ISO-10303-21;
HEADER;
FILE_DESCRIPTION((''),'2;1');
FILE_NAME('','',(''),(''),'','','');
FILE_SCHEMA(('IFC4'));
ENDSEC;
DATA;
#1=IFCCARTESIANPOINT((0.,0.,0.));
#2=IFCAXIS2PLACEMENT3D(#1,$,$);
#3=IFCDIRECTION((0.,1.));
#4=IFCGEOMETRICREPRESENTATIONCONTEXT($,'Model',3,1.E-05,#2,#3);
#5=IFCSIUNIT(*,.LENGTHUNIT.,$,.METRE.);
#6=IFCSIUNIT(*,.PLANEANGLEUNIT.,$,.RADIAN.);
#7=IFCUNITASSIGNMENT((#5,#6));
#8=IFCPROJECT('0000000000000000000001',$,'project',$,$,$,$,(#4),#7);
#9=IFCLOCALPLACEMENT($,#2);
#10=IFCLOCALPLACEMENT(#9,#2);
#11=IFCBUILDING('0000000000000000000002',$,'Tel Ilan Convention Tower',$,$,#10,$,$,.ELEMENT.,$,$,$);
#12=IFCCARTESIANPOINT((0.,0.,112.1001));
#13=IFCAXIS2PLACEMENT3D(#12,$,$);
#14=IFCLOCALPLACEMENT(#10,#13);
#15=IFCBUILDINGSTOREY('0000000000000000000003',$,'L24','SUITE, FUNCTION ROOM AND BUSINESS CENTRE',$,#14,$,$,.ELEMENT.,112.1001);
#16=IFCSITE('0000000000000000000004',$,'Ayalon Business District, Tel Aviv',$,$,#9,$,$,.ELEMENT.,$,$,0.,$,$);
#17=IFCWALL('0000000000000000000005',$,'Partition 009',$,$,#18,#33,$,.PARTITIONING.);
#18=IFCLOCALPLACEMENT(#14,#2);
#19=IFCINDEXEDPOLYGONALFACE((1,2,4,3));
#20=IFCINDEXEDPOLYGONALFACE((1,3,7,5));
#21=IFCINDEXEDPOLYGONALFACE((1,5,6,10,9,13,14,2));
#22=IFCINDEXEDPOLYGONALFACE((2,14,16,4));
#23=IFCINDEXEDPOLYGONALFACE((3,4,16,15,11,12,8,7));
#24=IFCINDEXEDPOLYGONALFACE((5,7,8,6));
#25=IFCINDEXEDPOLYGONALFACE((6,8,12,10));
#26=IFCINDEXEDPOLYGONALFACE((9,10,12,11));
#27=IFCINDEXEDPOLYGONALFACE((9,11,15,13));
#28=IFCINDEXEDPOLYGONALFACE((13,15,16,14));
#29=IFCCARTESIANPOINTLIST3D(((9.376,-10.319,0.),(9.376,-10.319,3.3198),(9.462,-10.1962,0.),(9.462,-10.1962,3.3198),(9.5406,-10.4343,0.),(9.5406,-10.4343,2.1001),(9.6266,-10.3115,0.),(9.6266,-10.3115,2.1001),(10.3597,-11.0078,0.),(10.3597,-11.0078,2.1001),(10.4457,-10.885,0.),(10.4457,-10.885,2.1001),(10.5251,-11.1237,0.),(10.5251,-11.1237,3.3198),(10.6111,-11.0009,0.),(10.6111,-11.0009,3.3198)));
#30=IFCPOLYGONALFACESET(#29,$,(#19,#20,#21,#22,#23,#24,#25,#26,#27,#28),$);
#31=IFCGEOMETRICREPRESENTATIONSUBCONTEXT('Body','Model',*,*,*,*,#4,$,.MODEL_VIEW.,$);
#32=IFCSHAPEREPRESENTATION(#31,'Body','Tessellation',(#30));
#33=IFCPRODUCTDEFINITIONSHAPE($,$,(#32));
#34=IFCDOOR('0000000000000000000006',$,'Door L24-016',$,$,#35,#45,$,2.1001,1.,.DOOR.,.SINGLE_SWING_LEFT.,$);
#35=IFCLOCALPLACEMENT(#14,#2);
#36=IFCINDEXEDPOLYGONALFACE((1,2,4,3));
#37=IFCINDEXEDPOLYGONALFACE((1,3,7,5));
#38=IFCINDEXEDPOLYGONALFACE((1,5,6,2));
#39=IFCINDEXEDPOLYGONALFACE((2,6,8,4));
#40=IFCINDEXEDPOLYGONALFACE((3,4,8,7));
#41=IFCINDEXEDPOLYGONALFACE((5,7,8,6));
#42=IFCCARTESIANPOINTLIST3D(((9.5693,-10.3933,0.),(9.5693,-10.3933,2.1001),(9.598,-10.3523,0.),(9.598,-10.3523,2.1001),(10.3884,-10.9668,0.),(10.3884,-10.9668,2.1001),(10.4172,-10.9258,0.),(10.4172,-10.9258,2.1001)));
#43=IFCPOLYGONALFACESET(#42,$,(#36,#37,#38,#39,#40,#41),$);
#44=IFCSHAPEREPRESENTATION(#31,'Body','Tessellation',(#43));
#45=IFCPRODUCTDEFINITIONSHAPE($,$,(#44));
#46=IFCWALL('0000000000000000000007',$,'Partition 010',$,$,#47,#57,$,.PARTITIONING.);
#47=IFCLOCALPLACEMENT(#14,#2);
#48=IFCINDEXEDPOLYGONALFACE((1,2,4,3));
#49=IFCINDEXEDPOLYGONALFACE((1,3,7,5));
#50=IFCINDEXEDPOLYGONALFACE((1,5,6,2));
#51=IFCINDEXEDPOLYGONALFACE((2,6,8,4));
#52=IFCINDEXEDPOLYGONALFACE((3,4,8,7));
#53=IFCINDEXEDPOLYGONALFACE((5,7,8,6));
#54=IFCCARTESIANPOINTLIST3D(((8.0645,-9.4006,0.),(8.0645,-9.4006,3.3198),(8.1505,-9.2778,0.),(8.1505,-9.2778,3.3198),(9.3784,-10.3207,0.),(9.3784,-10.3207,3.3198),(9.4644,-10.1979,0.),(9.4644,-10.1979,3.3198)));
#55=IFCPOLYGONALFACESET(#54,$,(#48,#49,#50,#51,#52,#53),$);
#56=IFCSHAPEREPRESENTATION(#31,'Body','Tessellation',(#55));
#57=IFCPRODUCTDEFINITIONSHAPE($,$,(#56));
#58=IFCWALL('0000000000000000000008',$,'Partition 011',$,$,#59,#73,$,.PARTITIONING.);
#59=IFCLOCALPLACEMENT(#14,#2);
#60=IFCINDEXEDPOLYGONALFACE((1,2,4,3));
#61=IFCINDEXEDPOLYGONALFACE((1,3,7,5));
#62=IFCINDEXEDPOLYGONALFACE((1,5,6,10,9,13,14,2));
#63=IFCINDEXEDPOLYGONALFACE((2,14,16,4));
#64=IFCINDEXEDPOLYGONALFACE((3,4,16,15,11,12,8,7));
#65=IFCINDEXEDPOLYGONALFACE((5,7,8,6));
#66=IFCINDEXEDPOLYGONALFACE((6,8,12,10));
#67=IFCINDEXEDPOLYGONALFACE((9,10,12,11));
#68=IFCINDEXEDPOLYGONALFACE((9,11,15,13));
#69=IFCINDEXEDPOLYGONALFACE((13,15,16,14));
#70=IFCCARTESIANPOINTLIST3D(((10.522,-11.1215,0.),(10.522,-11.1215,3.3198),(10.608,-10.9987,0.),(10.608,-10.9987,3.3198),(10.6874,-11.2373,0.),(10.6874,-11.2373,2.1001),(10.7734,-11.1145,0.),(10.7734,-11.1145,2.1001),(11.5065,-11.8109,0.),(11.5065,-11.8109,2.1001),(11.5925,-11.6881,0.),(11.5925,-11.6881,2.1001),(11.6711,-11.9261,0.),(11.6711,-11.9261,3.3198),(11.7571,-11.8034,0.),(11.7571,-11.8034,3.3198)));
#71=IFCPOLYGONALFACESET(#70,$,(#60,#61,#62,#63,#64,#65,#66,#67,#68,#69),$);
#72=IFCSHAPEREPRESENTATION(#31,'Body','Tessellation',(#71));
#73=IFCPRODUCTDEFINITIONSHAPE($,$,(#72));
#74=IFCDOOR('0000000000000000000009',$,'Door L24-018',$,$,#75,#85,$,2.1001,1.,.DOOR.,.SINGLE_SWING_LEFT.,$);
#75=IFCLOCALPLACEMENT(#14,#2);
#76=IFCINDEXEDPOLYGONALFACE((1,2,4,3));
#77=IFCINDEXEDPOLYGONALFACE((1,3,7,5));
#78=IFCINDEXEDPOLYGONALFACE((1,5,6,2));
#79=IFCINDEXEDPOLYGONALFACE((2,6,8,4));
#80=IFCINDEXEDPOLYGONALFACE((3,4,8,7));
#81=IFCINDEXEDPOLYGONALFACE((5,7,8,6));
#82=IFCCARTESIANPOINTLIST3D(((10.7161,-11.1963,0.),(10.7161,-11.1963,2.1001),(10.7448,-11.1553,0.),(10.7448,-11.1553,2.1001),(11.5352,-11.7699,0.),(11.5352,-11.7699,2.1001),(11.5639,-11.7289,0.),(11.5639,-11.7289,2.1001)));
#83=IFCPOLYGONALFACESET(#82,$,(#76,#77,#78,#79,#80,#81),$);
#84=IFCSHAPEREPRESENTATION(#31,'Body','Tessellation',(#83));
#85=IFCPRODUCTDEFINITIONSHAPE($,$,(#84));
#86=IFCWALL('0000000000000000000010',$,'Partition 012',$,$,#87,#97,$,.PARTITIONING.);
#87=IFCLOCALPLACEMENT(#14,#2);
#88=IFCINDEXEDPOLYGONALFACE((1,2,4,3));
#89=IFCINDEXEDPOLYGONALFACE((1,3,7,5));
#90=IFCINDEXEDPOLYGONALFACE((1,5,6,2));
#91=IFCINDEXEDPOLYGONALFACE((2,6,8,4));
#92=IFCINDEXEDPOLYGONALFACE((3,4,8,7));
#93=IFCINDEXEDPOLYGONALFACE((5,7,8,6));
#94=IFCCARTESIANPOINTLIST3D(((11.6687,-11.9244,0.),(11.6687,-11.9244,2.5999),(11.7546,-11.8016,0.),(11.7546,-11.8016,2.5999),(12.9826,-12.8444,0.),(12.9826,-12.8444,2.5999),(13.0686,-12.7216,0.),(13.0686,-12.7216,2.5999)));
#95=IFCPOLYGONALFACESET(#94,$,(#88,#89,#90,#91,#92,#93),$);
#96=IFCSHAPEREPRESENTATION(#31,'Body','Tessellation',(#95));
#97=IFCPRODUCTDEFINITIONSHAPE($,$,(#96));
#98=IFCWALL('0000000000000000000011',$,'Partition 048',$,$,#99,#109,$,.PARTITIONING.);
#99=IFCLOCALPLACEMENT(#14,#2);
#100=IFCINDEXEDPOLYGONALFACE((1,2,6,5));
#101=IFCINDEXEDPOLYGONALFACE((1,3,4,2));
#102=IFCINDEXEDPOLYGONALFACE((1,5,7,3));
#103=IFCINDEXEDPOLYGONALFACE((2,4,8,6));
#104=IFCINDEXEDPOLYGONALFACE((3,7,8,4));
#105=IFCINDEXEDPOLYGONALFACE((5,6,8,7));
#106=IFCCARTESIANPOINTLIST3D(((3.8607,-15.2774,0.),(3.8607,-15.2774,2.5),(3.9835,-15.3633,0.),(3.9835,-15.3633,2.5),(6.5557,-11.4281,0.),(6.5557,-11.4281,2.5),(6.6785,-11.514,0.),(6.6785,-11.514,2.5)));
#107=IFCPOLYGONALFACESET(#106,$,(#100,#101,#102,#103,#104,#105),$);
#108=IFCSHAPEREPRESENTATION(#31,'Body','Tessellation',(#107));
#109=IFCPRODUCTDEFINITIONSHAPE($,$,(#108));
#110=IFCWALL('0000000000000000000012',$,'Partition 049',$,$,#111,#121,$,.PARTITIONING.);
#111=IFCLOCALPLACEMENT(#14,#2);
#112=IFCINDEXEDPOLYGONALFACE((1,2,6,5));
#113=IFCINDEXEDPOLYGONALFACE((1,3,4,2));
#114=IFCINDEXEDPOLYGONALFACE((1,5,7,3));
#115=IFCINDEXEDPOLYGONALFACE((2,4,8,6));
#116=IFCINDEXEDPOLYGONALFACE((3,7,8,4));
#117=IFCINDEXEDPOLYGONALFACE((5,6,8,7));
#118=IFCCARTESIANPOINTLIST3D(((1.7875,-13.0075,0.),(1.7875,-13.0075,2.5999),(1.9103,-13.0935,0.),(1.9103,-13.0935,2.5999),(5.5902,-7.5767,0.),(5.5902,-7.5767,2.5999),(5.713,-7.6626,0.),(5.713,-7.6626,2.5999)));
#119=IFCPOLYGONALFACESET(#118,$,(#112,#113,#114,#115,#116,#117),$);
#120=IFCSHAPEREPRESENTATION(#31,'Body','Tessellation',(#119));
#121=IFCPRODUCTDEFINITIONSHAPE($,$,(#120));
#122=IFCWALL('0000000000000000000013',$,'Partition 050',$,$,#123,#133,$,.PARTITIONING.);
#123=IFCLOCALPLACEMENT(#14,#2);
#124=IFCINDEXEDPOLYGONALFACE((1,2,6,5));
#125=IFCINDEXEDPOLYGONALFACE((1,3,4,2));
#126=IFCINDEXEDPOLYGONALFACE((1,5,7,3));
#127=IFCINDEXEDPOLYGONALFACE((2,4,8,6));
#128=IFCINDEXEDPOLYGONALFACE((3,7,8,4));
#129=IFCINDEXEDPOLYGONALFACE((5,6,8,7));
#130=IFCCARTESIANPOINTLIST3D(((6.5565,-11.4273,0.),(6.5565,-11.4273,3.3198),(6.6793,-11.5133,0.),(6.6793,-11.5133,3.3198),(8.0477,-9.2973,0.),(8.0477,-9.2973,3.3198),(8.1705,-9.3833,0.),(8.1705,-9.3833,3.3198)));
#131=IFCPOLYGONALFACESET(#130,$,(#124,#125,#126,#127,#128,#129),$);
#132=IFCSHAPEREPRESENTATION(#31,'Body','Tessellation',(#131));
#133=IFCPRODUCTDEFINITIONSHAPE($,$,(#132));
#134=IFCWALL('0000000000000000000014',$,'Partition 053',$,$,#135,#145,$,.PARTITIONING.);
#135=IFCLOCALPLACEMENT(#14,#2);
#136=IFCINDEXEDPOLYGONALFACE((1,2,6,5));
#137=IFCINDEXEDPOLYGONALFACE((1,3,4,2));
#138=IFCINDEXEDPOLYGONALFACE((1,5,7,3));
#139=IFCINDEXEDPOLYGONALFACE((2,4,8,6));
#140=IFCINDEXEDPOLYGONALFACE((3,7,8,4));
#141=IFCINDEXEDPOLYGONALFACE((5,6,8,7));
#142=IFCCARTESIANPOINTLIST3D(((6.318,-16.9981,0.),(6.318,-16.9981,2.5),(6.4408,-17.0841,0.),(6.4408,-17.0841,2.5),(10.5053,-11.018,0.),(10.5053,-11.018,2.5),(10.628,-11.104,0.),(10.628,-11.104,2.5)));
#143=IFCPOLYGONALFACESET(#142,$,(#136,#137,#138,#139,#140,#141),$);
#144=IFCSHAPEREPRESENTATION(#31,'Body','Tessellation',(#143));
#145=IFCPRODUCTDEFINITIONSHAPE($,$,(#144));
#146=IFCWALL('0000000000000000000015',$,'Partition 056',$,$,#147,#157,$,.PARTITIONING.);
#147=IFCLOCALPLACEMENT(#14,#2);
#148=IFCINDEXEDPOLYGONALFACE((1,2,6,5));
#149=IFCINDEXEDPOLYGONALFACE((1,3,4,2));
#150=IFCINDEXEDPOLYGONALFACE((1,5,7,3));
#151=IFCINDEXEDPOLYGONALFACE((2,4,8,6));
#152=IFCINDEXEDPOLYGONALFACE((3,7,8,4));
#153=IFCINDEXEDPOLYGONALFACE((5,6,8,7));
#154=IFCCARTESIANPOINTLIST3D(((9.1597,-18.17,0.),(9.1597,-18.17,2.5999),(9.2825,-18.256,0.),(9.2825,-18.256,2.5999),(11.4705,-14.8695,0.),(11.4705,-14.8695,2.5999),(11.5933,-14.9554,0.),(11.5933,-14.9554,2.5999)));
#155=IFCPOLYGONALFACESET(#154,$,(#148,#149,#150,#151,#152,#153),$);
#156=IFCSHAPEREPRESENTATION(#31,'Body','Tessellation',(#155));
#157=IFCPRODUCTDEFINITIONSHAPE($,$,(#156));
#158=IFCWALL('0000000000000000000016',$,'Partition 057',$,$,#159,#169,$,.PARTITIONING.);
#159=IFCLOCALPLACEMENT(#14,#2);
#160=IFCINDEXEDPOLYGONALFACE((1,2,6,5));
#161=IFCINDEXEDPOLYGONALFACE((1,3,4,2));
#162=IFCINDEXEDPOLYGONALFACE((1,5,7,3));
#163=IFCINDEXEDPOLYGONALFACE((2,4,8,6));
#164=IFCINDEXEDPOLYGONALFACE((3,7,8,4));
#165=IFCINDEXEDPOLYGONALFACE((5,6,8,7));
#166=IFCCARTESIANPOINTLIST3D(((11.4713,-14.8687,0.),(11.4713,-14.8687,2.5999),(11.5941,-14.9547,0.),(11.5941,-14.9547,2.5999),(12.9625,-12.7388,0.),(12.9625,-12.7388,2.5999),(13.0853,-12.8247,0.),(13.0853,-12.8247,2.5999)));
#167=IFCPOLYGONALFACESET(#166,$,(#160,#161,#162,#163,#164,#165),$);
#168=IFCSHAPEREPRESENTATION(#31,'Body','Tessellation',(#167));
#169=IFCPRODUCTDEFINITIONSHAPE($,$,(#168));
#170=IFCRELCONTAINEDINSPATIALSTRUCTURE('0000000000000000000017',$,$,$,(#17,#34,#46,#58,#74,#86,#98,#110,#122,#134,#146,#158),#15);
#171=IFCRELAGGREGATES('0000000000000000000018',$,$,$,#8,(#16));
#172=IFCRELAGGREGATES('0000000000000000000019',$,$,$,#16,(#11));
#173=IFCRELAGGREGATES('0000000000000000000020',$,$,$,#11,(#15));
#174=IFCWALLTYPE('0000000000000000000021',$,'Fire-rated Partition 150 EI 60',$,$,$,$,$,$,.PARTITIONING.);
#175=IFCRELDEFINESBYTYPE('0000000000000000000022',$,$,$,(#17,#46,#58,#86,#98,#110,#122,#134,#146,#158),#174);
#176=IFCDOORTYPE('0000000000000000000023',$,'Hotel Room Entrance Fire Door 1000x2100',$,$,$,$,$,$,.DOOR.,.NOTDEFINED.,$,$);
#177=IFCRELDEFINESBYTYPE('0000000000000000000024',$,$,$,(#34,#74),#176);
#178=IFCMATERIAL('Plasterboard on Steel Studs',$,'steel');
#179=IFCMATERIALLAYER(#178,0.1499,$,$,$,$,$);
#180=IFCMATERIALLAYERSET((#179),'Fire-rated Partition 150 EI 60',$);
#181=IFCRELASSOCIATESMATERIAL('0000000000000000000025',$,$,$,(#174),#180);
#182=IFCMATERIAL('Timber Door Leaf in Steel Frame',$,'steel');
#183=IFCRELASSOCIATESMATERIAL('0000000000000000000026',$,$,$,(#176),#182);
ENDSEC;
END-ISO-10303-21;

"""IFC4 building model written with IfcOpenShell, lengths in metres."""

from ifc_helpers import new_model, si_unit, direction, frame, frame_2d, origin, place, context, subcontext, project, spatial, rectangle, extrude, material, layer, layer_set, type_object, element, fill, save


model = new_model("IFC4")

# Units and contexts
model_context = context("Model", 3, precision=1e-05, world=origin(), true_north=direction((0.0, 1.0)))
body_context = subcontext(model_context, "Body", "Model", "MODEL_VIEW")
ifc_project = project(units=[si_unit("LENGTHUNIT", "METRE"), si_unit("PLANEANGLEUNIT", "RADIAN")], contexts=[model_context])

# Site, building, storey
site_placement = place(None, origin())
site = spatial("IfcSite", under=ifc_project, at=site_placement, Name="Ayalon Business District, Tel Aviv", CompositionType="ELEMENT", RefElevation=0.0)
building_placement = place(site_placement, origin())
building = spatial("IfcBuilding", under=site, at=building_placement, Name="Tel Ilan Convention Tower", CompositionType="ELEMENT")
storey_placement = place(building_placement, frame((0.0, 0.0, 112.1001)))
storey = spatial("IfcBuildingStorey", under=building, at=storey_placement, Name="L24", Description="SUITE, FUNCTION ROOM AND BUSINESS CENTRE", CompositionType="ELEMENT", Elevation=112.1001)

# Shared definitions
ifc_material_1 = material(Name="Plasterboard on Steel Studs", Category="steel")
ifc_layer_1 = layer(ifc_material_1, 0.1499)
ifc_layer_set_1 = layer_set([ifc_layer_1], Name="Fire-rated Partition 150 EI 60")
wall_type_1 = type_object("IfcWallType", Name="Fire-rated Partition 150 EI 60", PredefinedType="PARTITIONING", material=ifc_layer_set_1)
ifc_material_2 = material(Name="Timber Door Leaf in Steel Frame", Category="steel")
door_type_1 = type_object("IfcDoorType", Name="Hotel Room Entrance Fire Door 1000x2100", OperationType="NOTDEFINED", PredefinedType="DOOR", material=ifc_material_2)

# Wall, opening, door
wall_1_placement = place(storey_placement, frame((10.5681, -11.0623, 0.0), z_axis=(0.0, 0.0, 1.0), x_axis=(-0.819142, 0.573591, 0.0)))
wall_1 = element("IfcWall", 1, at=wall_1_placement, inside=storey, type_object=wall_type_1, Name="Partition 009", PredefinedType="PARTITIONING", context=body_context, shape_type="SweptSolid", body=[
    extrude(rectangle(XDim=1.4028, YDim=0.1499, at=frame_2d((0.7014, 0.0))), origin(), (0.0, 0.0, 1.0), 3.3198),
])
opening_1_placement = place(wall_1_placement, frame((0.2019, 0.0, 0.0)))
opening_1 = element("IfcOpeningElement", 2, at=opening_1_placement, cuts=wall_1, PredefinedType="OPENING", context=body_context, shape_type="SweptSolid", body=[
    extrude(rectangle(XDim=1.0, YDim=2.1001, at=frame_2d((0.5, 1.05))), frame((0.0, 0.085, 0.0), z_axis=(0.0, -1.0, 0.0), x_axis=(1.0, 0.0, 0.0)), (0.0, 0.0, 1.0), 0.1699),
])
door_1_placement = place(opening_1_placement, origin())
door_1 = element("IfcDoor", 3, at=door_1_placement, inside=storey, type_object=door_type_1, Name="Door L24-016", OperationType="SINGLE_SWING_LEFT", OverallHeight=2.1001, OverallWidth=1.0, PredefinedType="DOOR", context=body_context, shape_type="SweptSolid", body=[
    extrude(rectangle(XDim=1.0, YDim=2.1001, at=frame_2d((0.5, 1.05))), frame((0.0, 0.0249, 0.0), z_axis=(0.0, -1.0, 0.0), x_axis=(1.0, 0.0, 0.0)), (0.0, 0.0, 1.0), 0.05),
])
fill(opening_1, door_1)

# Wall
wall_2_placement = place(storey_placement, frame((9.4214, -10.2593, 0.0), z_axis=(0.0, 0.0, 1.0), x_axis=(-0.819118, 0.573626, 0.0)))
element("IfcWall", 4, at=wall_2_placement, inside=storey, type_object=wall_type_1, Name="Partition 010", PredefinedType="PARTITIONING", context=body_context, shape_type="SweptSolid", body=[
    extrude(rectangle(XDim=1.604, YDim=0.1499, at=frame_2d((0.802, 0.0))), origin(), (0.0, 0.0, 1.0), 3.3198),
])

# Wall, opening, door
wall_3_placement = place(storey_placement, frame((11.7141, -11.8647, 0.0), z_axis=(0.0, 0.0, 1.0), x_axis=(-0.819142, 0.573591, 0.0)))
wall_3 = element("IfcWall", 5, at=wall_3_placement, inside=storey, type_object=wall_type_1, Name="Partition 011", PredefinedType="PARTITIONING", context=body_context, shape_type="SweptSolid", body=[
    extrude(rectangle(XDim=1.4028, YDim=0.1499, at=frame_2d((0.7014, 0.0))), origin(), (0.0, 0.0, 1.0), 3.3198),
])
opening_2_placement = place(wall_3_placement, frame((0.2009, 0.0, 0.0)))
opening_2 = element("IfcOpeningElement", 6, at=opening_2_placement, cuts=wall_3, PredefinedType="OPENING", context=body_context, shape_type="SweptSolid", body=[
    extrude(rectangle(XDim=1.0, YDim=2.1001, at=frame_2d((0.5, 1.05))), frame((0.0, 0.085, 0.0), z_axis=(0.0, -1.0, 0.0), x_axis=(1.0, 0.0, 0.0)), (0.0, 0.0, 1.0), 0.1699),
])
door_2_placement = place(opening_2_placement, origin())
door_2 = element("IfcDoor", 7, at=door_2_placement, inside=storey, type_object=door_type_1, Name="Door L24-018", OperationType="SINGLE_SWING_LEFT", OverallHeight=2.1001, OverallWidth=1.0, PredefinedType="DOOR", context=body_context, shape_type="SweptSolid", body=[
    extrude(rectangle(XDim=1.0, YDim=2.1001, at=frame_2d((0.5, 1.05))), frame((0.0, 0.0249, 0.0), z_axis=(0.0, -1.0, 0.0), x_axis=(1.0, 0.0, 0.0)), (0.0, 0.0, 1.0), 0.05),
])
fill(opening_2, door_2)

# Walls
wall_4_placement = place(storey_placement, frame((13.0256, -12.783, 0.0), z_axis=(0.0, 0.0, 1.0), x_axis=(-0.819189, 0.573524, 0.0)))
element("IfcWall", 8, at=wall_4_placement, inside=storey, type_object=wall_type_1, Name="Partition 012", PredefinedType="PARTITIONING", context=body_context, shape_type="SweptSolid", body=[
    extrude(rectangle(XDim=1.604, YDim=0.1499, at=frame_2d((0.802, 0.0))), origin(), (0.0, 0.0, 1.0), 2.5999),
])
wall_5_placement = place(storey_placement, frame((6.6172, -11.4709, 0.0), z_axis=(0.0, 0.0, 1.0), x_axis=(-0.573536, -0.819181, 0.0)))
element("IfcWall", 9, at=wall_5_placement, inside=storey, type_object=wall_type_1, Name="Partition 048", PredefinedType="PARTITIONING", context=body_context, shape_type="SweptSolid", body=[
    extrude(rectangle(XDim=4.699, YDim=0.1499, at=frame_2d((2.3496, 0.0))), origin(), (0.0, 0.0, 1.0), 2.5),
])
wall_6_placement = place(storey_placement, frame((1.8489, -13.0505, 0.0), z_axis=(0.0, 0.0, 1.0), x_axis=(0.573574, 0.819154, 0.0)))
element("IfcWall", 10, at=wall_6_placement, inside=storey, type_object=wall_type_1, Name="Partition 049", PredefinedType="PARTITIONING", context=body_context, shape_type="SweptSolid", body=[
    extrude(rectangle(XDim=6.6299, YDim=0.1499, at=frame_2d((3.3149, 0.0))), origin(), (0.0, 0.0, 1.0), 2.5999),
])
wall_7_placement = place(storey_placement, frame((8.1091, -9.3403, 0.0), z_axis=(0.0, 0.0, 1.0), x_axis=(-0.573538, -0.819179, 0.0)))
element("IfcWall", 11, at=wall_7_placement, inside=storey, type_object=wall_type_1, Name="Partition 050", PredefinedType="PARTITIONING", context=body_context, shape_type="SweptSolid", body=[
    extrude(rectangle(XDim=2.6001, YDim=0.1499, at=frame_2d((1.3, 0.0))), origin(), (0.0, 0.0, 1.0), 3.3198),
])
wall_8_placement = place(storey_placement, frame((10.5667, -11.061, 0.0), z_axis=(0.0, 0.0, 1.0), x_axis=(-0.573579, -0.81915, 0.0)))
element("IfcWall", 12, at=wall_8_placement, inside=storey, type_object=wall_type_1, Name="Partition 053", PredefinedType="PARTITIONING", context=body_context, shape_type="SweptSolid", body=[
    extrude(rectangle(XDim=7.3003, YDim=0.1499, at=frame_2d((3.6501, 0.0))), origin(), (0.0, 0.0, 1.0), 2.5),
])
wall_9_placement = place(storey_placement, frame((11.532, -14.9124, 0.0), z_axis=(0.0, 0.0, 1.0), x_axis=(-0.573531, -0.819184, 0.0)))
element("IfcWall", 13, at=wall_9_placement, inside=storey, type_object=wall_type_1, Name="Partition 056", PredefinedType="PARTITIONING", context=body_context, shape_type="SweptSolid", body=[
    extrude(rectangle(XDim=4.0291, YDim=0.1499, at=frame_2d((2.0146, 0.0))), origin(), (0.0, 0.0, 1.0), 2.5999),
])
wall_10_placement = place(storey_placement, frame((13.0239, -12.7817, 0.0), z_axis=(0.0, 0.0, 1.0), x_axis=(-0.573538, -0.819179, 0.0)))
element("IfcWall", 14, at=wall_10_placement, inside=storey, type_object=wall_type_1, Name="Partition 057", PredefinedType="PARTITIONING", context=body_context, shape_type="SweptSolid", body=[
    extrude(rectangle(XDim=2.6001, YDim=0.1499, at=frame_2d((1.3, 0.0))), origin(), (0.0, 0.0, 1.0), 2.5999),
])

save(model, "model.ifc")
